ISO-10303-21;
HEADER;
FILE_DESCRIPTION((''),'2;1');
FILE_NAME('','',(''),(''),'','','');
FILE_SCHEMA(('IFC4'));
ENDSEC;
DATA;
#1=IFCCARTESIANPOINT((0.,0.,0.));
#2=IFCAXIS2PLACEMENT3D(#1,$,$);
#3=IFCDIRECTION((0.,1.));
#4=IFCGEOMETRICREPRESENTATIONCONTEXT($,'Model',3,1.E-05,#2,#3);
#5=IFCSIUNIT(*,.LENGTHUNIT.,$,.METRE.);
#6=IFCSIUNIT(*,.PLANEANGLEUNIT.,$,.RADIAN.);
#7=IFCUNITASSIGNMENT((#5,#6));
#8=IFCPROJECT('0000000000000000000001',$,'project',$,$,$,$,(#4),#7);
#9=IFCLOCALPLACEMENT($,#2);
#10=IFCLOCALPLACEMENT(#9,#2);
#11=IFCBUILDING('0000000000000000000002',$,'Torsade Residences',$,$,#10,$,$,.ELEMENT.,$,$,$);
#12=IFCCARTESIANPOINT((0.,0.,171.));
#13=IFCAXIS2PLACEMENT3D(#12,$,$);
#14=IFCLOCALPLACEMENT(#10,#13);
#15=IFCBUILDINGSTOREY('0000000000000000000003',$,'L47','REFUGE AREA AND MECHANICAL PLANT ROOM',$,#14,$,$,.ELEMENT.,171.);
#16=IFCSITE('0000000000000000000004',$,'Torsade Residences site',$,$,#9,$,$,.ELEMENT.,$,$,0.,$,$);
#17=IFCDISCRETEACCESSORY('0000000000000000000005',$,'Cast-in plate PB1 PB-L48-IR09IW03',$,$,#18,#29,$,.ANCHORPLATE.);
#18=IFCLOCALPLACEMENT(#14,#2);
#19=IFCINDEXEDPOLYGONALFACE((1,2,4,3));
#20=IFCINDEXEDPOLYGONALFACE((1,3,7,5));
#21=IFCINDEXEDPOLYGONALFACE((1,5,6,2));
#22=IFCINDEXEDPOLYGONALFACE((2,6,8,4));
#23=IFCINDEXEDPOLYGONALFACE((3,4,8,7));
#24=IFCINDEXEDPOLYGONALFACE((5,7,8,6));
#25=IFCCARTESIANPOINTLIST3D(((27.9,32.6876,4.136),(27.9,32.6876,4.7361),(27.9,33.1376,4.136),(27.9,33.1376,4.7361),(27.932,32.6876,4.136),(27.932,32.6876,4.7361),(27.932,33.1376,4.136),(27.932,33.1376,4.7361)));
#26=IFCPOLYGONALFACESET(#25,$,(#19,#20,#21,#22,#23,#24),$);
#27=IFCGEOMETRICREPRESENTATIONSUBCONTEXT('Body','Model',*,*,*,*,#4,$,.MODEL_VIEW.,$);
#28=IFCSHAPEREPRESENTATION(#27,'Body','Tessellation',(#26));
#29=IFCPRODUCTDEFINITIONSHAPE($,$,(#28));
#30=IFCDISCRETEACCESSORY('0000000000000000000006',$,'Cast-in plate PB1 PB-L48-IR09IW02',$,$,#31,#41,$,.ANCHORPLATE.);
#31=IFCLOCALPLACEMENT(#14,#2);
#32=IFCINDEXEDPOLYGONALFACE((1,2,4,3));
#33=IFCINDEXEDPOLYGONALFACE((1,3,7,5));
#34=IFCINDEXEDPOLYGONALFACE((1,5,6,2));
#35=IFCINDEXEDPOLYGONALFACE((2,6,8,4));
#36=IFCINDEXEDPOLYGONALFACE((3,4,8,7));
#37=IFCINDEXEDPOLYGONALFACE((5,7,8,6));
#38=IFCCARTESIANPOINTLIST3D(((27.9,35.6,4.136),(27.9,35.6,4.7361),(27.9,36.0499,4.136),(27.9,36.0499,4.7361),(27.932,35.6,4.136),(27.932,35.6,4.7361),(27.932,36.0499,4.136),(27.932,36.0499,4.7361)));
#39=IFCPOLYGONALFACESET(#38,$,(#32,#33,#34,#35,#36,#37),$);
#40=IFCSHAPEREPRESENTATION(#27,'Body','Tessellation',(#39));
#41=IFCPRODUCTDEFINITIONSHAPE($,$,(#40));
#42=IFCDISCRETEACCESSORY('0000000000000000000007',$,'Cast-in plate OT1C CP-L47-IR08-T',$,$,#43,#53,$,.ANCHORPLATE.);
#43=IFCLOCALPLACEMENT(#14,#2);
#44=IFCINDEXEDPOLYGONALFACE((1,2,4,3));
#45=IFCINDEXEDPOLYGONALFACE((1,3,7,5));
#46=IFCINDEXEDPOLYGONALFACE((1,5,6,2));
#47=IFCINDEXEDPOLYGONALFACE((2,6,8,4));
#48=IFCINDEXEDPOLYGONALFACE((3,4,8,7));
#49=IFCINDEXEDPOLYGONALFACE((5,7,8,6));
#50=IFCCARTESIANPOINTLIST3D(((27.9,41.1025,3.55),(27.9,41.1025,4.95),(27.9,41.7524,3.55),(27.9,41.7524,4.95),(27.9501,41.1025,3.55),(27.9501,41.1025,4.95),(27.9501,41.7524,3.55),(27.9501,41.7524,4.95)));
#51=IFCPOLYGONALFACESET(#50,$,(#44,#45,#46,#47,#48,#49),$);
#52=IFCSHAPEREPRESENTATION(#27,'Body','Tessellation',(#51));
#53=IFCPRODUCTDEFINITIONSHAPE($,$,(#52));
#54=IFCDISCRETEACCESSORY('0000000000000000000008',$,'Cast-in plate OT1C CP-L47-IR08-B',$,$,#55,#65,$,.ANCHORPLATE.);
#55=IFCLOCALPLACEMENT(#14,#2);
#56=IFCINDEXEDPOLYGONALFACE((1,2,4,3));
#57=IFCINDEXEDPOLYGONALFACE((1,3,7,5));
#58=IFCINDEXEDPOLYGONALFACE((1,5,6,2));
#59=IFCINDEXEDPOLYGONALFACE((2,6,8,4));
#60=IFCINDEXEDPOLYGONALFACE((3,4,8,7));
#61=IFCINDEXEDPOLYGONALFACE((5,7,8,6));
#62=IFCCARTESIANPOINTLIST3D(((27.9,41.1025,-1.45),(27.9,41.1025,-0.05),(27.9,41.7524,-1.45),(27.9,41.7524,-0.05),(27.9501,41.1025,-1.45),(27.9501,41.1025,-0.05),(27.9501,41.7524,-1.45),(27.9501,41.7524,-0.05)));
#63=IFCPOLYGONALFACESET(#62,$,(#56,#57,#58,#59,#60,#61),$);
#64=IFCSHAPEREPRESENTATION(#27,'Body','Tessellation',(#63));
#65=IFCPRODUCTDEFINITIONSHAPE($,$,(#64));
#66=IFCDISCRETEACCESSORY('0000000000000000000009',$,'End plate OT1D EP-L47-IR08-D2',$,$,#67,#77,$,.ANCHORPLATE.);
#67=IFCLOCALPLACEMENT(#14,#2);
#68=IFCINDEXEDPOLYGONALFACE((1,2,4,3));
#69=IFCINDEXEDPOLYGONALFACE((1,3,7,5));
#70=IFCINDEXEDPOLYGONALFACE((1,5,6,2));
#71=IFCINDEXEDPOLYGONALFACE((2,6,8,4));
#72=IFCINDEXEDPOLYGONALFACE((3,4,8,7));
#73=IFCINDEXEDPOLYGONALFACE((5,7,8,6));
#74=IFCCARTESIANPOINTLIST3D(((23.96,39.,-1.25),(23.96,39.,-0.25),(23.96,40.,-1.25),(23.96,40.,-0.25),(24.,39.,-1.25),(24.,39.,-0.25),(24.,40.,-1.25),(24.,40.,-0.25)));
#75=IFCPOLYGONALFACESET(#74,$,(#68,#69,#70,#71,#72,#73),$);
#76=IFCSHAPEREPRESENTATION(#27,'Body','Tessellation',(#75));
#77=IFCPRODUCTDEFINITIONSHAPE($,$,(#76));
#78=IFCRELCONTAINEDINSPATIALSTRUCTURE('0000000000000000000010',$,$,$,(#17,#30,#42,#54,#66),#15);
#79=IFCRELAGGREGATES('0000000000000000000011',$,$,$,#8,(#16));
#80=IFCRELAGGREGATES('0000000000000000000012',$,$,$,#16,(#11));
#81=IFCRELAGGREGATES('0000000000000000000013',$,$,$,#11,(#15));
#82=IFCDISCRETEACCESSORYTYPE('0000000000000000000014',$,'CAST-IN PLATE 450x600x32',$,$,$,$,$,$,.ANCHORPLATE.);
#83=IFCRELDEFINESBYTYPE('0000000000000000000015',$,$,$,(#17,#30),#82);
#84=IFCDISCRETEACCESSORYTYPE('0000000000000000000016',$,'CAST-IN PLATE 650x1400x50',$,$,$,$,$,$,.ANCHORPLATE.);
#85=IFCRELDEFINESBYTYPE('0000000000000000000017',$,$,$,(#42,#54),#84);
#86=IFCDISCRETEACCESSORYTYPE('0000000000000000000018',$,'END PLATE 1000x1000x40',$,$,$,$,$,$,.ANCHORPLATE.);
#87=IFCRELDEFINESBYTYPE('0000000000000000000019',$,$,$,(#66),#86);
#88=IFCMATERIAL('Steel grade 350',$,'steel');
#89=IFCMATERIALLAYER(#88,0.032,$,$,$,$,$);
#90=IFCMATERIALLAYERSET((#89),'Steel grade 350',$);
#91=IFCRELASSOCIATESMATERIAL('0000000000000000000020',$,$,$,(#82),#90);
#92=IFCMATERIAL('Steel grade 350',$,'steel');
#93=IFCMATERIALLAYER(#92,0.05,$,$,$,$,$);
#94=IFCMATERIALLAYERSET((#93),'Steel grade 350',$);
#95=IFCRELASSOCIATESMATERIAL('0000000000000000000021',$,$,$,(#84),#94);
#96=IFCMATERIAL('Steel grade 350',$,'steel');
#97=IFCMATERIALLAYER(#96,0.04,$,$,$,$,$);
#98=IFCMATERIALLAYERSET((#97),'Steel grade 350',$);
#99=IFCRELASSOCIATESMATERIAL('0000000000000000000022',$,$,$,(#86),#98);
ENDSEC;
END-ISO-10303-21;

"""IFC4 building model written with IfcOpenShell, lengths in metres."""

from ifc_helpers import new_model, si_unit, direction, frame, origin, origin_2d, place, context, subcontext, project, spatial, rectangle, extrude, material, layer, layer_set, type_object, element, save


model = new_model("IFC4")

# Units and contexts
model_context = context("Model", 3, precision=1e-05, world=origin(), true_north=direction((0.0, 1.0)))
body_context = subcontext(model_context, "Body", "Model", "MODEL_VIEW")
ifc_project = project(units=[si_unit("LENGTHUNIT", "METRE"), si_unit("PLANEANGLEUNIT", "RADIAN")], contexts=[model_context])

# Site, building, storey
site_placement = place(None, origin())
site = spatial("IfcSite", under=ifc_project, at=site_placement, Name="Torsade Residences site", CompositionType="ELEMENT", RefElevation=0.0)
building_placement = place(site_placement, origin())
building = spatial("IfcBuilding", under=site, at=building_placement, Name="Torsade Residences", CompositionType="ELEMENT")
storey_placement = place(building_placement, frame((0.0, 0.0, 171.0)))
storey = spatial("IfcBuildingStorey", under=building, at=storey_placement, Name="L47", Description="REFUGE AREA AND MECHANICAL PLANT ROOM", CompositionType="ELEMENT", Elevation=171.0)

# Discrete accessories
ifc_material_1 = material(Name="Steel grade 350", Category="steel")
ifc_layer_1 = layer(ifc_material_1, 0.032)
ifc_layer_set_1 = layer_set([ifc_layer_1], Name="Steel grade 350")
discrete_accessory_type_1 = type_object("IfcDiscreteAccessoryType", Name="CAST-IN PLATE 450x600x32", PredefinedType="ANCHORPLATE", material=ifc_layer_set_1)
for number, where, z_axis, x_axis, name in (
    (1, (27.916, 32.9126, 4.136), (0.0, 0.0, 1.0), (1.0, 0.0, 0.0), "Cast-in plate PB1 PB-L48-IR09IW03"),
    (2, (27.916, 35.825, 4.136), (0.0, 0.0, 1.0), (1.0, 0.0, 0.0), "Cast-in plate PB1 PB-L48-IR09IW02"),
):
    element("IfcDiscreteAccessory", number, at=place(storey_placement, frame(where, z_axis=z_axis, x_axis=x_axis)), inside=storey, type_object=discrete_accessory_type_1, Name=name, PredefinedType="ANCHORPLATE", context=body_context, shape_type="SweptSolid", body=[
        extrude(rectangle(XDim=0.032, YDim=0.45, at=origin_2d()), origin(), (0.0, 0.0, 1.0), 0.6001),
    ])
ifc_material_2 = material(Name="Steel grade 350", Category="steel")
ifc_layer_2 = layer(ifc_material_2, 0.05)
ifc_layer_set_2 = layer_set([ifc_layer_2], Name="Steel grade 350")
discrete_accessory_type_2 = type_object("IfcDiscreteAccessoryType", Name="CAST-IN PLATE 650x1400x50", PredefinedType="ANCHORPLATE", material=ifc_layer_set_2)
for number, where, z_axis, x_axis, name in (
    (3, (27.925, 41.4275, 3.55), (0.0, 0.0, 1.0), (1.0, 0.0, 0.0), "Cast-in plate OT1C CP-L47-IR08-T"),
    (4, (27.925, 41.4275, -1.45), (0.0, 0.0, 1.0), (1.0, 0.0, 0.0), "Cast-in plate OT1C CP-L47-IR08-B"),
):
    element("IfcDiscreteAccessory", number, at=place(storey_placement, frame(where, z_axis=z_axis, x_axis=x_axis)), inside=storey, type_object=discrete_accessory_type_2, Name=name, PredefinedType="ANCHORPLATE", context=body_context, shape_type="SweptSolid", body=[
        extrude(rectangle(XDim=0.05, YDim=0.6499, at=origin_2d()), origin(), (0.0, 0.0, 1.0), 1.3999),
    ])
ifc_material_3 = material(Name="Steel grade 350", Category="steel")
ifc_layer_3 = layer(ifc_material_3, 0.04)
ifc_layer_set_3 = layer_set([ifc_layer_3], Name="Steel grade 350")
discrete_accessory_type_3 = type_object("IfcDiscreteAccessoryType", Name="END PLATE 1000x1000x40", PredefinedType="ANCHORPLATE", material=ifc_layer_set_3)
discrete_accessory_placement = place(storey_placement, frame((23.98, 39.5, -1.25), z_axis=(0.0, 0.0, 1.0), x_axis=(1.0, 0.0, 0.0)))
element("IfcDiscreteAccessory", 5, at=discrete_accessory_placement, inside=storey, type_object=discrete_accessory_type_3, Name="End plate OT1D EP-L47-IR08-D2", PredefinedType="ANCHORPLATE", context=body_context, shape_type="SweptSolid", body=[
    extrude(rectangle(XDim=0.04, YDim=1.0, at=origin_2d()), origin(), (0.0, 0.0, 1.0), 1.0),
])

save(model, "model.ifc")
